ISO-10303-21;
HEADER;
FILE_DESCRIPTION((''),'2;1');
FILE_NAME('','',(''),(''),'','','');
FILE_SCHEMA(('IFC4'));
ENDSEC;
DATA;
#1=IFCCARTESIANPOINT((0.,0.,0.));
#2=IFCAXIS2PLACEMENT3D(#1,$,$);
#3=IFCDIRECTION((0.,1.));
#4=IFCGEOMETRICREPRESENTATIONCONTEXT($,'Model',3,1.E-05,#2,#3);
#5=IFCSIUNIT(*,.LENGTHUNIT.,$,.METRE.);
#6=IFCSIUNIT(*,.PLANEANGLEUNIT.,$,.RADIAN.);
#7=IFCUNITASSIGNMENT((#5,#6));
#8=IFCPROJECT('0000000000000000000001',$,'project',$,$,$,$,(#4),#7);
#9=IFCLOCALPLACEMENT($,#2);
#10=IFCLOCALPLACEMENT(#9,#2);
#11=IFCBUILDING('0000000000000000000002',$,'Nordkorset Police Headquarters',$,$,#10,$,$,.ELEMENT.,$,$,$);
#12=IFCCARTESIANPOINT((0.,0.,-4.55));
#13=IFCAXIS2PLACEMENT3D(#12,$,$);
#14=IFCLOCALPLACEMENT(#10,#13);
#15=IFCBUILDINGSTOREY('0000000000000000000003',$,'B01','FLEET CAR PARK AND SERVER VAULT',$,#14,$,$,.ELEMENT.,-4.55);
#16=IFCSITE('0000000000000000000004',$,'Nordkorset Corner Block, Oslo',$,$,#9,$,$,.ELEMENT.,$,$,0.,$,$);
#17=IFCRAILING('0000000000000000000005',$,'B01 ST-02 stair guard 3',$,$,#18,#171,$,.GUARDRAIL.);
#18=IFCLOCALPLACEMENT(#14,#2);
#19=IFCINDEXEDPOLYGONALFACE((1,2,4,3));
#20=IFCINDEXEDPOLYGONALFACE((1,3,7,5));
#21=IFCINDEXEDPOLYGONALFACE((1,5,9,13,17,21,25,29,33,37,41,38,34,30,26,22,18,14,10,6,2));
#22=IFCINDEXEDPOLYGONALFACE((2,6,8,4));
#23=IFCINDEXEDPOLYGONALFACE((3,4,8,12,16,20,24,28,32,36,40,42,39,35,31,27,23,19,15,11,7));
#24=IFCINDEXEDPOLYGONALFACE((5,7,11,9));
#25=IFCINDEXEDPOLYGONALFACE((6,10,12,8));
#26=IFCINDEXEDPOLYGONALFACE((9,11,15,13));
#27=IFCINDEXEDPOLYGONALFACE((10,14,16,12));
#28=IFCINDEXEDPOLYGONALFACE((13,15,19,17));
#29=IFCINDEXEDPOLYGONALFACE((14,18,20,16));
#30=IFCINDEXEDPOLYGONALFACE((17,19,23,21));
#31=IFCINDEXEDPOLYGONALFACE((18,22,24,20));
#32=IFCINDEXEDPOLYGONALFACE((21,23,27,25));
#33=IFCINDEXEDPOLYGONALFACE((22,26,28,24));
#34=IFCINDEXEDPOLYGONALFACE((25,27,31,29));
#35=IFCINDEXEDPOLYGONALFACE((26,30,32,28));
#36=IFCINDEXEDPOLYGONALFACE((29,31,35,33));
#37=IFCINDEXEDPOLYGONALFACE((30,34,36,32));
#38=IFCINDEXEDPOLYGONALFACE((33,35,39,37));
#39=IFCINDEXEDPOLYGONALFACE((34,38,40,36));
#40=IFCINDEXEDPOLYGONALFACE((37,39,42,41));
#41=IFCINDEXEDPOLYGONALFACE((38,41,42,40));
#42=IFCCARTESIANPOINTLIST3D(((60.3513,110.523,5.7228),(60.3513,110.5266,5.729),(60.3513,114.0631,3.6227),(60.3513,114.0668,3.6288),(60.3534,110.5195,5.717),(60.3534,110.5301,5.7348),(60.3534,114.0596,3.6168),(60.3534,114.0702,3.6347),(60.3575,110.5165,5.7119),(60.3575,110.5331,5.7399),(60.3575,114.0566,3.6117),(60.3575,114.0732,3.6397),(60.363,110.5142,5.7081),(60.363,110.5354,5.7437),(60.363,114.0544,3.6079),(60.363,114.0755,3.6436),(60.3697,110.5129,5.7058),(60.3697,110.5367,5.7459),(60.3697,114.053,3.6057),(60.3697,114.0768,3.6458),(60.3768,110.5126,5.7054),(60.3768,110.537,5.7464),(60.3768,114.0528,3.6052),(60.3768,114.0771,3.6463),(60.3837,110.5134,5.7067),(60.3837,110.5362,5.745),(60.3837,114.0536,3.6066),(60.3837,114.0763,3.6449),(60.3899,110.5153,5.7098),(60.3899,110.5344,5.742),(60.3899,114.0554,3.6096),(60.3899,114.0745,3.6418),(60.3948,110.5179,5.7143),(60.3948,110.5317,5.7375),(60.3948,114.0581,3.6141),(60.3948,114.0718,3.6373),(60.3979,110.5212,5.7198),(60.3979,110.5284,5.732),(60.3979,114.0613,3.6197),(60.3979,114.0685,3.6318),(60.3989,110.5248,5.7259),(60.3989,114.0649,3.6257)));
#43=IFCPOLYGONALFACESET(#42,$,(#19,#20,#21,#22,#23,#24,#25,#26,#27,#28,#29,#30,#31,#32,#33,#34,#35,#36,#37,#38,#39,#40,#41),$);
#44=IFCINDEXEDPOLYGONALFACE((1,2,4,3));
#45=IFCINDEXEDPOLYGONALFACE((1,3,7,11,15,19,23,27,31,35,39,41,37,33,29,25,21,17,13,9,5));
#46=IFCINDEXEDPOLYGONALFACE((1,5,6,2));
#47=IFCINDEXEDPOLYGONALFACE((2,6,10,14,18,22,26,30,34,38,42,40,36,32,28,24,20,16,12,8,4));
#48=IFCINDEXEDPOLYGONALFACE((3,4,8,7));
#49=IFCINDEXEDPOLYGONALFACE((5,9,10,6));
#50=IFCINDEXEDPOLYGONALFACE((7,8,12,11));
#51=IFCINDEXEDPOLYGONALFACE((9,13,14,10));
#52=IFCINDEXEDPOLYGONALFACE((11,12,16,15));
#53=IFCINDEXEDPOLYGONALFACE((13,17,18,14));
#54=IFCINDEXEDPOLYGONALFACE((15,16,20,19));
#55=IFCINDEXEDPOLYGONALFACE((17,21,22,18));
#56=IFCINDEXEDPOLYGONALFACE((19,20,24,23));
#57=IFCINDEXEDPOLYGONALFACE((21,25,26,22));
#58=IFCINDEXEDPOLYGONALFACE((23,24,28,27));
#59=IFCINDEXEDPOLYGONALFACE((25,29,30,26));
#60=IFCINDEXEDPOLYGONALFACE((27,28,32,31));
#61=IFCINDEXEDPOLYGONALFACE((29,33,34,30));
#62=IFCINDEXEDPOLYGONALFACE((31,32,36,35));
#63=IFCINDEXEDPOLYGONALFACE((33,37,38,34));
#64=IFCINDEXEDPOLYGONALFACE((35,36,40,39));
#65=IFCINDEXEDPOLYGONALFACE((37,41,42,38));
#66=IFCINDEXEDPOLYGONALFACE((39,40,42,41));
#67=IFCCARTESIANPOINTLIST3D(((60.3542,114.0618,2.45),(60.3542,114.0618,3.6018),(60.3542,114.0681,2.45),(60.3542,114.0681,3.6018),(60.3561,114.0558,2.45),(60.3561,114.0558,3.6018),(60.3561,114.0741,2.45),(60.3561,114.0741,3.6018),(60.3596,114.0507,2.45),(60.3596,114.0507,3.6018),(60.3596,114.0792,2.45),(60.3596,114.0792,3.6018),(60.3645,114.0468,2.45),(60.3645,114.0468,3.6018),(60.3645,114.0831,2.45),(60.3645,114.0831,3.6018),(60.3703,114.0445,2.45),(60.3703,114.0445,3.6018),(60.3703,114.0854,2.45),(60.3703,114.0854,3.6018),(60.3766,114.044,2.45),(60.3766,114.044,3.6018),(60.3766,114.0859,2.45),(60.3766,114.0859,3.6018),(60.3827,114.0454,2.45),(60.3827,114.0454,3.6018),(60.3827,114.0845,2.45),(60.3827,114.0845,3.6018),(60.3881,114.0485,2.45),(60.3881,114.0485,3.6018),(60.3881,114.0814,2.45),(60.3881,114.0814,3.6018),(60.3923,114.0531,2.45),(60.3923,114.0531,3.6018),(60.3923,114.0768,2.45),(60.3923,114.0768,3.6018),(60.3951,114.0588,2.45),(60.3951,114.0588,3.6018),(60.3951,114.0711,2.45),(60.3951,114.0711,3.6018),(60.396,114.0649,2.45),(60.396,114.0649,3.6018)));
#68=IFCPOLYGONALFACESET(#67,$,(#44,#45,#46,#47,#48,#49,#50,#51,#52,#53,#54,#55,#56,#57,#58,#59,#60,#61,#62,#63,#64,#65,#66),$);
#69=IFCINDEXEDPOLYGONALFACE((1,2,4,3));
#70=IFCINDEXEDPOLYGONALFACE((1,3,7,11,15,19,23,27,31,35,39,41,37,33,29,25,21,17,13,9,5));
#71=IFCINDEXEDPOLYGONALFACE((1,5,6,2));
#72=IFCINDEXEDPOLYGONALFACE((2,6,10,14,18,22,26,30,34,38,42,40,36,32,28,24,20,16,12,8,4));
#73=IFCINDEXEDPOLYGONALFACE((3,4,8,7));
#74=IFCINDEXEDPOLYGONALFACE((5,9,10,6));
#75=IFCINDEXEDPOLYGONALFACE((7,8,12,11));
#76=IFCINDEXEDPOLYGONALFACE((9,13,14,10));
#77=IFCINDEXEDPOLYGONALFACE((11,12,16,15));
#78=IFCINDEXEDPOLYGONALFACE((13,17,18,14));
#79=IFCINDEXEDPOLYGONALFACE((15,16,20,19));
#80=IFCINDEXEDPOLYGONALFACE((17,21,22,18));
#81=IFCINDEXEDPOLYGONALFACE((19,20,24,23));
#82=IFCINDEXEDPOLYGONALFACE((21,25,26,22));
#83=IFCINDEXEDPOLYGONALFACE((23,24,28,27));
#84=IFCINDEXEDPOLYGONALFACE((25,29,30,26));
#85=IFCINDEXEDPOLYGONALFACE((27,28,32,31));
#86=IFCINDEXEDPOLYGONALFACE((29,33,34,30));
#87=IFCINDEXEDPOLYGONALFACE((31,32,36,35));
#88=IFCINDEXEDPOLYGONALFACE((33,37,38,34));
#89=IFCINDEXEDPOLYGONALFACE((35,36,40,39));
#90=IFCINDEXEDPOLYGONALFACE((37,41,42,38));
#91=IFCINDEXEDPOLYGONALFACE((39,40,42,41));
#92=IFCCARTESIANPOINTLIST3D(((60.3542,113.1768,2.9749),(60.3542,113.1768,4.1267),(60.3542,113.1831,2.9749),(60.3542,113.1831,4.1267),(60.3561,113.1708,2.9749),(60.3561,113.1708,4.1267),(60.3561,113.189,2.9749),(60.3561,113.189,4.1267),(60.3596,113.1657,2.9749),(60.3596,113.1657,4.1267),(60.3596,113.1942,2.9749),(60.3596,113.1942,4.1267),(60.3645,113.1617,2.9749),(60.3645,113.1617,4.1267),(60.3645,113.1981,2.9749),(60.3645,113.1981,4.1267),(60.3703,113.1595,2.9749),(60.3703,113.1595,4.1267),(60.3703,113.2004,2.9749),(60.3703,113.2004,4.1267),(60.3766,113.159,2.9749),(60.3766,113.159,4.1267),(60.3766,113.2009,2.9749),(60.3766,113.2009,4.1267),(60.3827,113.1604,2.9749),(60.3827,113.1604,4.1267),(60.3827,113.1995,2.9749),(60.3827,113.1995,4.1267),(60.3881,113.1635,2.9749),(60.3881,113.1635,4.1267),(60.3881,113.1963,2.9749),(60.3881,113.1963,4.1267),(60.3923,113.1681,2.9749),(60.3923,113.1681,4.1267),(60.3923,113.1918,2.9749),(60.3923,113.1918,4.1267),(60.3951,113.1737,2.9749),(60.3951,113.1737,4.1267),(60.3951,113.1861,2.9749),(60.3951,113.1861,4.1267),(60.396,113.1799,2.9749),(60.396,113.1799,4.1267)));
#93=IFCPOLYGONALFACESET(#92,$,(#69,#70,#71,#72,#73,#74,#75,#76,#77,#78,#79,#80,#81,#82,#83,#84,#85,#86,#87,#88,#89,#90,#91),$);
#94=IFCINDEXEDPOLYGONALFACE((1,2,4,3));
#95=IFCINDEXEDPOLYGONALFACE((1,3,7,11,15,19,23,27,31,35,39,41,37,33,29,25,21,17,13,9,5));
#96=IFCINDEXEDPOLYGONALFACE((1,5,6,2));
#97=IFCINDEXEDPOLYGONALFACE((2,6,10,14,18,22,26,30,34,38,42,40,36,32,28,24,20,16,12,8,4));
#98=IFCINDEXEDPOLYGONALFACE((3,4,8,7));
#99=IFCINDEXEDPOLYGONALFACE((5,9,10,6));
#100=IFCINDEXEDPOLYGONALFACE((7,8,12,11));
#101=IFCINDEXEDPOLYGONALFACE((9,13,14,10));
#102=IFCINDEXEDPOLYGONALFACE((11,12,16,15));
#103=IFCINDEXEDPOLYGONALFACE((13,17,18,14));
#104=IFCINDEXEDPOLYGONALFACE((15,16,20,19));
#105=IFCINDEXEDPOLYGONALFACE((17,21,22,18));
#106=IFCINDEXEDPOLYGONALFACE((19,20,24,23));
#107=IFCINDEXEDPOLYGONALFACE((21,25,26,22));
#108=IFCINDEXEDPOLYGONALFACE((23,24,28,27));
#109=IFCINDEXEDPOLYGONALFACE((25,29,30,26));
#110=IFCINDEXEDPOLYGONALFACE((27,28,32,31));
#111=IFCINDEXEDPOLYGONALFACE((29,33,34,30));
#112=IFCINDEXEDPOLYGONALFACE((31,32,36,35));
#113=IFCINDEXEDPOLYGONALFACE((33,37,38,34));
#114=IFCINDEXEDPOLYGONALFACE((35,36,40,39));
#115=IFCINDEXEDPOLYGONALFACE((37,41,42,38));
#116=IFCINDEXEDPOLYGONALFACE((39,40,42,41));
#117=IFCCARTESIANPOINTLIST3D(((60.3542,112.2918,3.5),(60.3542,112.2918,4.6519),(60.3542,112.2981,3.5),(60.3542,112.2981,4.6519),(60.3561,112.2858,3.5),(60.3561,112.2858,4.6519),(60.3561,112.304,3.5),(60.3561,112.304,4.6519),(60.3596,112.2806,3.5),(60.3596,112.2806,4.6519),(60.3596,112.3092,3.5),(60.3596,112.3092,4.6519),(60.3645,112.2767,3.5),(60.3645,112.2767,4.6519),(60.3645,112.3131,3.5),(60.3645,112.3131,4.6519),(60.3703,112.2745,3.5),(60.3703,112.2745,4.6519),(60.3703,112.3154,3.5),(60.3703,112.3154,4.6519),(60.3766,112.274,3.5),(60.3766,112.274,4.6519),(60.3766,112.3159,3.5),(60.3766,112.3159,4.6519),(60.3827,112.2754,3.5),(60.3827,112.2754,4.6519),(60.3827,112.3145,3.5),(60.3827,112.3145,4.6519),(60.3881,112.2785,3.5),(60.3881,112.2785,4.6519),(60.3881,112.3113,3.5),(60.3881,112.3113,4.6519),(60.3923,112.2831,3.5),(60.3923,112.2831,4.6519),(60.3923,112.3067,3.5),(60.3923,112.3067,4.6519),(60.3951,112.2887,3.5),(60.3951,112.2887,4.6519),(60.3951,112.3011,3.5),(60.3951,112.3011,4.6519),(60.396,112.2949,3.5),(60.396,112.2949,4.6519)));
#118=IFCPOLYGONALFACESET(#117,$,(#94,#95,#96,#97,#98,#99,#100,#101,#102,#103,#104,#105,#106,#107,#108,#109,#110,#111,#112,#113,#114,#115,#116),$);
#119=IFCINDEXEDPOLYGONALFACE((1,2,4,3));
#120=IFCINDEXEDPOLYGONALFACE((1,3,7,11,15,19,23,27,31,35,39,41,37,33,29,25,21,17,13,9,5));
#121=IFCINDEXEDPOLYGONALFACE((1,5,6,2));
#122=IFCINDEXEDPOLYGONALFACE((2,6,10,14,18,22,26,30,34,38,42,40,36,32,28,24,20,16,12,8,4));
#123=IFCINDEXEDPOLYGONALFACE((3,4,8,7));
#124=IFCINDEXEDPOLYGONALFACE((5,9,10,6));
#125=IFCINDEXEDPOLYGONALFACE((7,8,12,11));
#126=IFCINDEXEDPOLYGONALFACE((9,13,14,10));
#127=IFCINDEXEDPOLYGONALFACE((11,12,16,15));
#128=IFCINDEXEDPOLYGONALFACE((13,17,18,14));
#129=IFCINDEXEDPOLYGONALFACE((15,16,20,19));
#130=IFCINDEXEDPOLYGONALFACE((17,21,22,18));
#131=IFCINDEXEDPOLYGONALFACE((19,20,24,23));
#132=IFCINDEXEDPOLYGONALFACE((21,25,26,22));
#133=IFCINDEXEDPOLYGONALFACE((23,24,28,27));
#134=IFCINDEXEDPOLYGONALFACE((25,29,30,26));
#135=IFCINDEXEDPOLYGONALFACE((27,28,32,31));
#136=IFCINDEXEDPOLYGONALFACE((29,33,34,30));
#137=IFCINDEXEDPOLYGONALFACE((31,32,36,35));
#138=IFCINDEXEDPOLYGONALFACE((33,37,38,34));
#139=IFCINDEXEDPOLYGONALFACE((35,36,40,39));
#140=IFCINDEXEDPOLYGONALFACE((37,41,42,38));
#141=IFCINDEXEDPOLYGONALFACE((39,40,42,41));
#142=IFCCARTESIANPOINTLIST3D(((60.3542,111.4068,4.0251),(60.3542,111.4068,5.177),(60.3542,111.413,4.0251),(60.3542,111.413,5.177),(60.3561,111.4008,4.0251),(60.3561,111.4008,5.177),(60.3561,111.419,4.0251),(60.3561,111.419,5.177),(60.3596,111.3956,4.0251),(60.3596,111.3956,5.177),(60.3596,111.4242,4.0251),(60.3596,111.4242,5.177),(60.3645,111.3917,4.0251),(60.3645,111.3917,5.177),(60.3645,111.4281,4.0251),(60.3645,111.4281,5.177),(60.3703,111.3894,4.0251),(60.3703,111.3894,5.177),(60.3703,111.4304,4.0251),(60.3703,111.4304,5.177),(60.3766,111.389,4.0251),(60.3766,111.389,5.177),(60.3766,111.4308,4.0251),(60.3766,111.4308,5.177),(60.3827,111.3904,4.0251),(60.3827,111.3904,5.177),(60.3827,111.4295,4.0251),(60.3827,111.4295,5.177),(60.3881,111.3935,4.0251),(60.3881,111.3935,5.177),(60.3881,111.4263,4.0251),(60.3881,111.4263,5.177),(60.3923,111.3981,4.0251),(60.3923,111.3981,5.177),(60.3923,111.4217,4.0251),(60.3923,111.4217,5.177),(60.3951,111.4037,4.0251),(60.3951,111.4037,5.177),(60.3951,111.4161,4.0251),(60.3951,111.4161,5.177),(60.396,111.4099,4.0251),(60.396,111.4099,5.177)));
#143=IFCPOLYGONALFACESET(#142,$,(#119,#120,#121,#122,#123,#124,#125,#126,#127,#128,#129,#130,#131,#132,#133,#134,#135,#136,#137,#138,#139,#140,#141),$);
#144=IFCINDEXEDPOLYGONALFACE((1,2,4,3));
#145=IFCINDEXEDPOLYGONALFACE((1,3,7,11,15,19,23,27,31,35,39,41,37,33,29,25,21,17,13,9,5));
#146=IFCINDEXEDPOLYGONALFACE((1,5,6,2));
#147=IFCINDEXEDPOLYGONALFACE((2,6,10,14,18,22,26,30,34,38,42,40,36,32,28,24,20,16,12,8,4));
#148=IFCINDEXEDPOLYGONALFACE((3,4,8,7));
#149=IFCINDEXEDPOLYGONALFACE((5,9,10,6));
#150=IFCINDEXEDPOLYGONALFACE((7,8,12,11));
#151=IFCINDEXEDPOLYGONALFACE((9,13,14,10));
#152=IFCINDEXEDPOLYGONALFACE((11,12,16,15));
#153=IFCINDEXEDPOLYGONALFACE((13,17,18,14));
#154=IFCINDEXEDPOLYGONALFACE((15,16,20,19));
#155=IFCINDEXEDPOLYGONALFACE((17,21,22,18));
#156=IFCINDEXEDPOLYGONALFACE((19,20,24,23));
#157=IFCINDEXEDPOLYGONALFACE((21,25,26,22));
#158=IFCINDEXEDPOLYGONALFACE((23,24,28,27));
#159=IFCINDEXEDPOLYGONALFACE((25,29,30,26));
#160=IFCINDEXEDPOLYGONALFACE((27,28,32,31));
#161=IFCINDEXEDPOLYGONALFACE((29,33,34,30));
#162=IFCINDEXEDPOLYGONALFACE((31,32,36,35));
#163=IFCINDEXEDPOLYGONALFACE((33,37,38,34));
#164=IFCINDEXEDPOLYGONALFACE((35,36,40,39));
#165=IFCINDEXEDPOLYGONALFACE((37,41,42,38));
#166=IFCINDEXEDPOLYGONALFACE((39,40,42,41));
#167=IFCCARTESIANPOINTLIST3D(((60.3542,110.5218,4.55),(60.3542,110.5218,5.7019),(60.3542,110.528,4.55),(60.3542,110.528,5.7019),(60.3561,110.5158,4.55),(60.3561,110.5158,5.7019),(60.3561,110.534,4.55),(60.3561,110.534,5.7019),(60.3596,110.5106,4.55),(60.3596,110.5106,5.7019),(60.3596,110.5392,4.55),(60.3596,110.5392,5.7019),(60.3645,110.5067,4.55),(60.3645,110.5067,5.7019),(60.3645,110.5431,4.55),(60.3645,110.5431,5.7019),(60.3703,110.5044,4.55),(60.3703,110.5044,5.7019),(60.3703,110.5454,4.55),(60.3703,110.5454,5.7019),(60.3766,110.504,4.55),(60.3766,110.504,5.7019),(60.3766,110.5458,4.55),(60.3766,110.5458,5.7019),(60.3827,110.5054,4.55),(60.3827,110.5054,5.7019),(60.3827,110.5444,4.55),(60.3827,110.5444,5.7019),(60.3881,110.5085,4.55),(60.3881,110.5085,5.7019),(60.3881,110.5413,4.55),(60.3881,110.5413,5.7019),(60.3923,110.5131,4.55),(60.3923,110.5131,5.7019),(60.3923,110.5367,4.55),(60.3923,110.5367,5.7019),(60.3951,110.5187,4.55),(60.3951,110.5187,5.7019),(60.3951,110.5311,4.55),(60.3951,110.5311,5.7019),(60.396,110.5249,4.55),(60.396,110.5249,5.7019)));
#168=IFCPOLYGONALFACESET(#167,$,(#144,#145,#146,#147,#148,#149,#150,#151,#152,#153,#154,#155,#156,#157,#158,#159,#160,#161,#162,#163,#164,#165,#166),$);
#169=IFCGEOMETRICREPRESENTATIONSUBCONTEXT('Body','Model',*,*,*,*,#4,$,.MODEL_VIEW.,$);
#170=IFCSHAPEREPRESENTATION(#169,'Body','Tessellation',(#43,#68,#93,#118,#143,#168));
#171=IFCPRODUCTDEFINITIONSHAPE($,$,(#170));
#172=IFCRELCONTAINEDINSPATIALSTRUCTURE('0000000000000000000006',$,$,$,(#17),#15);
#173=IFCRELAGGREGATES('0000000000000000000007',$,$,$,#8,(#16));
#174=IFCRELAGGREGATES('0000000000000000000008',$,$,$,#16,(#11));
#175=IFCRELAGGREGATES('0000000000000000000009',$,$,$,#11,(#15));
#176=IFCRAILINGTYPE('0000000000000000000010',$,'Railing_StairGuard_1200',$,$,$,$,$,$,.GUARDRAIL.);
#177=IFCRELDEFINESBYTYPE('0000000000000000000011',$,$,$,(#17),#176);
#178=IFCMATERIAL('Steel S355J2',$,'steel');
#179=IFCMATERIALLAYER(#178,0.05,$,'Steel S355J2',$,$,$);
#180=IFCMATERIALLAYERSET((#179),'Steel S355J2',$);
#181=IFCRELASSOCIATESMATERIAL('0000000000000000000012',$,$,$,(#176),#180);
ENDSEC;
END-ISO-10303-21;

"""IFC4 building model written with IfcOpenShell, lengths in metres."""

from ifc_helpers import new_model, si_unit, direction, frame, origin, origin_2d, place, context, subcontext, project, spatial, circle, extrude, material, layer, layer_set, type_object, element, save


model = new_model("IFC4")

# Units and contexts
model_context = context("Model", 3, precision=1e-05, world=origin(), true_north=direction((0.0, 1.0)))
body_context = subcontext(model_context, "Body", "Model", "MODEL_VIEW")
ifc_project = project(units=[si_unit("LENGTHUNIT", "METRE"), si_unit("PLANEANGLEUNIT", "RADIAN")], contexts=[model_context])

# Site, building, storey
site_placement = place(None, origin())
site = spatial("IfcSite", under=ifc_project, at=site_placement, Name="Nordkorset Corner Block, Oslo", CompositionType="ELEMENT", RefElevation=0.0)
building_placement = place(site_placement, origin())
building = spatial("IfcBuilding", under=site, at=building_placement, Name="Nordkorset Police Headquarters", CompositionType="ELEMENT")
storey_placement = place(building_placement, frame((0.0, 0.0, -4.55)))
storey = spatial("IfcBuildingStorey", under=building, at=storey_placement, Name="B01", Description="FLEET CAR PARK AND SERVER VAULT", CompositionType="ELEMENT", Elevation=-4.55)

# Railing
ifc_material_1 = material(Name="Steel S355J2", Category="steel")
ifc_layer_1 = layer(ifc_material_1, 0.05, Name="Steel S355J2")
ifc_layer_set_1 = layer_set([ifc_layer_1], Name="Steel S355J2")
railing_type_1 = type_object("IfcRailingType", Name="Railing_StairGuard_1200", PredefinedType="GUARDRAIL", material=ifc_layer_set_1)
railing_1_placement = place(storey_placement, frame((60.375, 114.0649, 2.45)))
element("IfcRailing", 1, at=railing_1_placement, inside=storey, type_object=railing_type_1, Name="B01 ST-02 stair guard 3", PredefinedType="GUARDRAIL", context=body_context, shape_type="SweptSolid", body=[
    extrude(circle(Radius=0.0239, at=origin_2d()), frame((0.0, 0.0, 1.1758), z_axis=(0.0, -0.860047, 0.510215), x_axis=(1.0, 0.0, 0.0)), (0.0, 0.0, 1.0), 4.1162),
    extrude(circle(Radius=0.021, at=origin_2d()), origin(), (0.0, 0.0, 1.0), 1.1519),
    extrude(circle(Radius=0.021, at=origin_2d()), frame((0.0, -0.885, 0.5249)), (0.0, 0.0, 1.0), 1.1519),
    extrude(circle(Radius=0.021, at=origin_2d()), frame((0.0, -1.77, 1.05)), (0.0, 0.0, 1.0), 1.1519),
    extrude(circle(Radius=0.021, at=origin_2d()), frame((0.0, -2.655, 1.5752)), (0.0, 0.0, 1.0), 1.1519),
    extrude(circle(Radius=0.021, at=origin_2d()), frame((0.0, -3.54, 2.1001)), (0.0, 0.0, 1.0), 1.1519),
])

save(model, "model.ifc")
